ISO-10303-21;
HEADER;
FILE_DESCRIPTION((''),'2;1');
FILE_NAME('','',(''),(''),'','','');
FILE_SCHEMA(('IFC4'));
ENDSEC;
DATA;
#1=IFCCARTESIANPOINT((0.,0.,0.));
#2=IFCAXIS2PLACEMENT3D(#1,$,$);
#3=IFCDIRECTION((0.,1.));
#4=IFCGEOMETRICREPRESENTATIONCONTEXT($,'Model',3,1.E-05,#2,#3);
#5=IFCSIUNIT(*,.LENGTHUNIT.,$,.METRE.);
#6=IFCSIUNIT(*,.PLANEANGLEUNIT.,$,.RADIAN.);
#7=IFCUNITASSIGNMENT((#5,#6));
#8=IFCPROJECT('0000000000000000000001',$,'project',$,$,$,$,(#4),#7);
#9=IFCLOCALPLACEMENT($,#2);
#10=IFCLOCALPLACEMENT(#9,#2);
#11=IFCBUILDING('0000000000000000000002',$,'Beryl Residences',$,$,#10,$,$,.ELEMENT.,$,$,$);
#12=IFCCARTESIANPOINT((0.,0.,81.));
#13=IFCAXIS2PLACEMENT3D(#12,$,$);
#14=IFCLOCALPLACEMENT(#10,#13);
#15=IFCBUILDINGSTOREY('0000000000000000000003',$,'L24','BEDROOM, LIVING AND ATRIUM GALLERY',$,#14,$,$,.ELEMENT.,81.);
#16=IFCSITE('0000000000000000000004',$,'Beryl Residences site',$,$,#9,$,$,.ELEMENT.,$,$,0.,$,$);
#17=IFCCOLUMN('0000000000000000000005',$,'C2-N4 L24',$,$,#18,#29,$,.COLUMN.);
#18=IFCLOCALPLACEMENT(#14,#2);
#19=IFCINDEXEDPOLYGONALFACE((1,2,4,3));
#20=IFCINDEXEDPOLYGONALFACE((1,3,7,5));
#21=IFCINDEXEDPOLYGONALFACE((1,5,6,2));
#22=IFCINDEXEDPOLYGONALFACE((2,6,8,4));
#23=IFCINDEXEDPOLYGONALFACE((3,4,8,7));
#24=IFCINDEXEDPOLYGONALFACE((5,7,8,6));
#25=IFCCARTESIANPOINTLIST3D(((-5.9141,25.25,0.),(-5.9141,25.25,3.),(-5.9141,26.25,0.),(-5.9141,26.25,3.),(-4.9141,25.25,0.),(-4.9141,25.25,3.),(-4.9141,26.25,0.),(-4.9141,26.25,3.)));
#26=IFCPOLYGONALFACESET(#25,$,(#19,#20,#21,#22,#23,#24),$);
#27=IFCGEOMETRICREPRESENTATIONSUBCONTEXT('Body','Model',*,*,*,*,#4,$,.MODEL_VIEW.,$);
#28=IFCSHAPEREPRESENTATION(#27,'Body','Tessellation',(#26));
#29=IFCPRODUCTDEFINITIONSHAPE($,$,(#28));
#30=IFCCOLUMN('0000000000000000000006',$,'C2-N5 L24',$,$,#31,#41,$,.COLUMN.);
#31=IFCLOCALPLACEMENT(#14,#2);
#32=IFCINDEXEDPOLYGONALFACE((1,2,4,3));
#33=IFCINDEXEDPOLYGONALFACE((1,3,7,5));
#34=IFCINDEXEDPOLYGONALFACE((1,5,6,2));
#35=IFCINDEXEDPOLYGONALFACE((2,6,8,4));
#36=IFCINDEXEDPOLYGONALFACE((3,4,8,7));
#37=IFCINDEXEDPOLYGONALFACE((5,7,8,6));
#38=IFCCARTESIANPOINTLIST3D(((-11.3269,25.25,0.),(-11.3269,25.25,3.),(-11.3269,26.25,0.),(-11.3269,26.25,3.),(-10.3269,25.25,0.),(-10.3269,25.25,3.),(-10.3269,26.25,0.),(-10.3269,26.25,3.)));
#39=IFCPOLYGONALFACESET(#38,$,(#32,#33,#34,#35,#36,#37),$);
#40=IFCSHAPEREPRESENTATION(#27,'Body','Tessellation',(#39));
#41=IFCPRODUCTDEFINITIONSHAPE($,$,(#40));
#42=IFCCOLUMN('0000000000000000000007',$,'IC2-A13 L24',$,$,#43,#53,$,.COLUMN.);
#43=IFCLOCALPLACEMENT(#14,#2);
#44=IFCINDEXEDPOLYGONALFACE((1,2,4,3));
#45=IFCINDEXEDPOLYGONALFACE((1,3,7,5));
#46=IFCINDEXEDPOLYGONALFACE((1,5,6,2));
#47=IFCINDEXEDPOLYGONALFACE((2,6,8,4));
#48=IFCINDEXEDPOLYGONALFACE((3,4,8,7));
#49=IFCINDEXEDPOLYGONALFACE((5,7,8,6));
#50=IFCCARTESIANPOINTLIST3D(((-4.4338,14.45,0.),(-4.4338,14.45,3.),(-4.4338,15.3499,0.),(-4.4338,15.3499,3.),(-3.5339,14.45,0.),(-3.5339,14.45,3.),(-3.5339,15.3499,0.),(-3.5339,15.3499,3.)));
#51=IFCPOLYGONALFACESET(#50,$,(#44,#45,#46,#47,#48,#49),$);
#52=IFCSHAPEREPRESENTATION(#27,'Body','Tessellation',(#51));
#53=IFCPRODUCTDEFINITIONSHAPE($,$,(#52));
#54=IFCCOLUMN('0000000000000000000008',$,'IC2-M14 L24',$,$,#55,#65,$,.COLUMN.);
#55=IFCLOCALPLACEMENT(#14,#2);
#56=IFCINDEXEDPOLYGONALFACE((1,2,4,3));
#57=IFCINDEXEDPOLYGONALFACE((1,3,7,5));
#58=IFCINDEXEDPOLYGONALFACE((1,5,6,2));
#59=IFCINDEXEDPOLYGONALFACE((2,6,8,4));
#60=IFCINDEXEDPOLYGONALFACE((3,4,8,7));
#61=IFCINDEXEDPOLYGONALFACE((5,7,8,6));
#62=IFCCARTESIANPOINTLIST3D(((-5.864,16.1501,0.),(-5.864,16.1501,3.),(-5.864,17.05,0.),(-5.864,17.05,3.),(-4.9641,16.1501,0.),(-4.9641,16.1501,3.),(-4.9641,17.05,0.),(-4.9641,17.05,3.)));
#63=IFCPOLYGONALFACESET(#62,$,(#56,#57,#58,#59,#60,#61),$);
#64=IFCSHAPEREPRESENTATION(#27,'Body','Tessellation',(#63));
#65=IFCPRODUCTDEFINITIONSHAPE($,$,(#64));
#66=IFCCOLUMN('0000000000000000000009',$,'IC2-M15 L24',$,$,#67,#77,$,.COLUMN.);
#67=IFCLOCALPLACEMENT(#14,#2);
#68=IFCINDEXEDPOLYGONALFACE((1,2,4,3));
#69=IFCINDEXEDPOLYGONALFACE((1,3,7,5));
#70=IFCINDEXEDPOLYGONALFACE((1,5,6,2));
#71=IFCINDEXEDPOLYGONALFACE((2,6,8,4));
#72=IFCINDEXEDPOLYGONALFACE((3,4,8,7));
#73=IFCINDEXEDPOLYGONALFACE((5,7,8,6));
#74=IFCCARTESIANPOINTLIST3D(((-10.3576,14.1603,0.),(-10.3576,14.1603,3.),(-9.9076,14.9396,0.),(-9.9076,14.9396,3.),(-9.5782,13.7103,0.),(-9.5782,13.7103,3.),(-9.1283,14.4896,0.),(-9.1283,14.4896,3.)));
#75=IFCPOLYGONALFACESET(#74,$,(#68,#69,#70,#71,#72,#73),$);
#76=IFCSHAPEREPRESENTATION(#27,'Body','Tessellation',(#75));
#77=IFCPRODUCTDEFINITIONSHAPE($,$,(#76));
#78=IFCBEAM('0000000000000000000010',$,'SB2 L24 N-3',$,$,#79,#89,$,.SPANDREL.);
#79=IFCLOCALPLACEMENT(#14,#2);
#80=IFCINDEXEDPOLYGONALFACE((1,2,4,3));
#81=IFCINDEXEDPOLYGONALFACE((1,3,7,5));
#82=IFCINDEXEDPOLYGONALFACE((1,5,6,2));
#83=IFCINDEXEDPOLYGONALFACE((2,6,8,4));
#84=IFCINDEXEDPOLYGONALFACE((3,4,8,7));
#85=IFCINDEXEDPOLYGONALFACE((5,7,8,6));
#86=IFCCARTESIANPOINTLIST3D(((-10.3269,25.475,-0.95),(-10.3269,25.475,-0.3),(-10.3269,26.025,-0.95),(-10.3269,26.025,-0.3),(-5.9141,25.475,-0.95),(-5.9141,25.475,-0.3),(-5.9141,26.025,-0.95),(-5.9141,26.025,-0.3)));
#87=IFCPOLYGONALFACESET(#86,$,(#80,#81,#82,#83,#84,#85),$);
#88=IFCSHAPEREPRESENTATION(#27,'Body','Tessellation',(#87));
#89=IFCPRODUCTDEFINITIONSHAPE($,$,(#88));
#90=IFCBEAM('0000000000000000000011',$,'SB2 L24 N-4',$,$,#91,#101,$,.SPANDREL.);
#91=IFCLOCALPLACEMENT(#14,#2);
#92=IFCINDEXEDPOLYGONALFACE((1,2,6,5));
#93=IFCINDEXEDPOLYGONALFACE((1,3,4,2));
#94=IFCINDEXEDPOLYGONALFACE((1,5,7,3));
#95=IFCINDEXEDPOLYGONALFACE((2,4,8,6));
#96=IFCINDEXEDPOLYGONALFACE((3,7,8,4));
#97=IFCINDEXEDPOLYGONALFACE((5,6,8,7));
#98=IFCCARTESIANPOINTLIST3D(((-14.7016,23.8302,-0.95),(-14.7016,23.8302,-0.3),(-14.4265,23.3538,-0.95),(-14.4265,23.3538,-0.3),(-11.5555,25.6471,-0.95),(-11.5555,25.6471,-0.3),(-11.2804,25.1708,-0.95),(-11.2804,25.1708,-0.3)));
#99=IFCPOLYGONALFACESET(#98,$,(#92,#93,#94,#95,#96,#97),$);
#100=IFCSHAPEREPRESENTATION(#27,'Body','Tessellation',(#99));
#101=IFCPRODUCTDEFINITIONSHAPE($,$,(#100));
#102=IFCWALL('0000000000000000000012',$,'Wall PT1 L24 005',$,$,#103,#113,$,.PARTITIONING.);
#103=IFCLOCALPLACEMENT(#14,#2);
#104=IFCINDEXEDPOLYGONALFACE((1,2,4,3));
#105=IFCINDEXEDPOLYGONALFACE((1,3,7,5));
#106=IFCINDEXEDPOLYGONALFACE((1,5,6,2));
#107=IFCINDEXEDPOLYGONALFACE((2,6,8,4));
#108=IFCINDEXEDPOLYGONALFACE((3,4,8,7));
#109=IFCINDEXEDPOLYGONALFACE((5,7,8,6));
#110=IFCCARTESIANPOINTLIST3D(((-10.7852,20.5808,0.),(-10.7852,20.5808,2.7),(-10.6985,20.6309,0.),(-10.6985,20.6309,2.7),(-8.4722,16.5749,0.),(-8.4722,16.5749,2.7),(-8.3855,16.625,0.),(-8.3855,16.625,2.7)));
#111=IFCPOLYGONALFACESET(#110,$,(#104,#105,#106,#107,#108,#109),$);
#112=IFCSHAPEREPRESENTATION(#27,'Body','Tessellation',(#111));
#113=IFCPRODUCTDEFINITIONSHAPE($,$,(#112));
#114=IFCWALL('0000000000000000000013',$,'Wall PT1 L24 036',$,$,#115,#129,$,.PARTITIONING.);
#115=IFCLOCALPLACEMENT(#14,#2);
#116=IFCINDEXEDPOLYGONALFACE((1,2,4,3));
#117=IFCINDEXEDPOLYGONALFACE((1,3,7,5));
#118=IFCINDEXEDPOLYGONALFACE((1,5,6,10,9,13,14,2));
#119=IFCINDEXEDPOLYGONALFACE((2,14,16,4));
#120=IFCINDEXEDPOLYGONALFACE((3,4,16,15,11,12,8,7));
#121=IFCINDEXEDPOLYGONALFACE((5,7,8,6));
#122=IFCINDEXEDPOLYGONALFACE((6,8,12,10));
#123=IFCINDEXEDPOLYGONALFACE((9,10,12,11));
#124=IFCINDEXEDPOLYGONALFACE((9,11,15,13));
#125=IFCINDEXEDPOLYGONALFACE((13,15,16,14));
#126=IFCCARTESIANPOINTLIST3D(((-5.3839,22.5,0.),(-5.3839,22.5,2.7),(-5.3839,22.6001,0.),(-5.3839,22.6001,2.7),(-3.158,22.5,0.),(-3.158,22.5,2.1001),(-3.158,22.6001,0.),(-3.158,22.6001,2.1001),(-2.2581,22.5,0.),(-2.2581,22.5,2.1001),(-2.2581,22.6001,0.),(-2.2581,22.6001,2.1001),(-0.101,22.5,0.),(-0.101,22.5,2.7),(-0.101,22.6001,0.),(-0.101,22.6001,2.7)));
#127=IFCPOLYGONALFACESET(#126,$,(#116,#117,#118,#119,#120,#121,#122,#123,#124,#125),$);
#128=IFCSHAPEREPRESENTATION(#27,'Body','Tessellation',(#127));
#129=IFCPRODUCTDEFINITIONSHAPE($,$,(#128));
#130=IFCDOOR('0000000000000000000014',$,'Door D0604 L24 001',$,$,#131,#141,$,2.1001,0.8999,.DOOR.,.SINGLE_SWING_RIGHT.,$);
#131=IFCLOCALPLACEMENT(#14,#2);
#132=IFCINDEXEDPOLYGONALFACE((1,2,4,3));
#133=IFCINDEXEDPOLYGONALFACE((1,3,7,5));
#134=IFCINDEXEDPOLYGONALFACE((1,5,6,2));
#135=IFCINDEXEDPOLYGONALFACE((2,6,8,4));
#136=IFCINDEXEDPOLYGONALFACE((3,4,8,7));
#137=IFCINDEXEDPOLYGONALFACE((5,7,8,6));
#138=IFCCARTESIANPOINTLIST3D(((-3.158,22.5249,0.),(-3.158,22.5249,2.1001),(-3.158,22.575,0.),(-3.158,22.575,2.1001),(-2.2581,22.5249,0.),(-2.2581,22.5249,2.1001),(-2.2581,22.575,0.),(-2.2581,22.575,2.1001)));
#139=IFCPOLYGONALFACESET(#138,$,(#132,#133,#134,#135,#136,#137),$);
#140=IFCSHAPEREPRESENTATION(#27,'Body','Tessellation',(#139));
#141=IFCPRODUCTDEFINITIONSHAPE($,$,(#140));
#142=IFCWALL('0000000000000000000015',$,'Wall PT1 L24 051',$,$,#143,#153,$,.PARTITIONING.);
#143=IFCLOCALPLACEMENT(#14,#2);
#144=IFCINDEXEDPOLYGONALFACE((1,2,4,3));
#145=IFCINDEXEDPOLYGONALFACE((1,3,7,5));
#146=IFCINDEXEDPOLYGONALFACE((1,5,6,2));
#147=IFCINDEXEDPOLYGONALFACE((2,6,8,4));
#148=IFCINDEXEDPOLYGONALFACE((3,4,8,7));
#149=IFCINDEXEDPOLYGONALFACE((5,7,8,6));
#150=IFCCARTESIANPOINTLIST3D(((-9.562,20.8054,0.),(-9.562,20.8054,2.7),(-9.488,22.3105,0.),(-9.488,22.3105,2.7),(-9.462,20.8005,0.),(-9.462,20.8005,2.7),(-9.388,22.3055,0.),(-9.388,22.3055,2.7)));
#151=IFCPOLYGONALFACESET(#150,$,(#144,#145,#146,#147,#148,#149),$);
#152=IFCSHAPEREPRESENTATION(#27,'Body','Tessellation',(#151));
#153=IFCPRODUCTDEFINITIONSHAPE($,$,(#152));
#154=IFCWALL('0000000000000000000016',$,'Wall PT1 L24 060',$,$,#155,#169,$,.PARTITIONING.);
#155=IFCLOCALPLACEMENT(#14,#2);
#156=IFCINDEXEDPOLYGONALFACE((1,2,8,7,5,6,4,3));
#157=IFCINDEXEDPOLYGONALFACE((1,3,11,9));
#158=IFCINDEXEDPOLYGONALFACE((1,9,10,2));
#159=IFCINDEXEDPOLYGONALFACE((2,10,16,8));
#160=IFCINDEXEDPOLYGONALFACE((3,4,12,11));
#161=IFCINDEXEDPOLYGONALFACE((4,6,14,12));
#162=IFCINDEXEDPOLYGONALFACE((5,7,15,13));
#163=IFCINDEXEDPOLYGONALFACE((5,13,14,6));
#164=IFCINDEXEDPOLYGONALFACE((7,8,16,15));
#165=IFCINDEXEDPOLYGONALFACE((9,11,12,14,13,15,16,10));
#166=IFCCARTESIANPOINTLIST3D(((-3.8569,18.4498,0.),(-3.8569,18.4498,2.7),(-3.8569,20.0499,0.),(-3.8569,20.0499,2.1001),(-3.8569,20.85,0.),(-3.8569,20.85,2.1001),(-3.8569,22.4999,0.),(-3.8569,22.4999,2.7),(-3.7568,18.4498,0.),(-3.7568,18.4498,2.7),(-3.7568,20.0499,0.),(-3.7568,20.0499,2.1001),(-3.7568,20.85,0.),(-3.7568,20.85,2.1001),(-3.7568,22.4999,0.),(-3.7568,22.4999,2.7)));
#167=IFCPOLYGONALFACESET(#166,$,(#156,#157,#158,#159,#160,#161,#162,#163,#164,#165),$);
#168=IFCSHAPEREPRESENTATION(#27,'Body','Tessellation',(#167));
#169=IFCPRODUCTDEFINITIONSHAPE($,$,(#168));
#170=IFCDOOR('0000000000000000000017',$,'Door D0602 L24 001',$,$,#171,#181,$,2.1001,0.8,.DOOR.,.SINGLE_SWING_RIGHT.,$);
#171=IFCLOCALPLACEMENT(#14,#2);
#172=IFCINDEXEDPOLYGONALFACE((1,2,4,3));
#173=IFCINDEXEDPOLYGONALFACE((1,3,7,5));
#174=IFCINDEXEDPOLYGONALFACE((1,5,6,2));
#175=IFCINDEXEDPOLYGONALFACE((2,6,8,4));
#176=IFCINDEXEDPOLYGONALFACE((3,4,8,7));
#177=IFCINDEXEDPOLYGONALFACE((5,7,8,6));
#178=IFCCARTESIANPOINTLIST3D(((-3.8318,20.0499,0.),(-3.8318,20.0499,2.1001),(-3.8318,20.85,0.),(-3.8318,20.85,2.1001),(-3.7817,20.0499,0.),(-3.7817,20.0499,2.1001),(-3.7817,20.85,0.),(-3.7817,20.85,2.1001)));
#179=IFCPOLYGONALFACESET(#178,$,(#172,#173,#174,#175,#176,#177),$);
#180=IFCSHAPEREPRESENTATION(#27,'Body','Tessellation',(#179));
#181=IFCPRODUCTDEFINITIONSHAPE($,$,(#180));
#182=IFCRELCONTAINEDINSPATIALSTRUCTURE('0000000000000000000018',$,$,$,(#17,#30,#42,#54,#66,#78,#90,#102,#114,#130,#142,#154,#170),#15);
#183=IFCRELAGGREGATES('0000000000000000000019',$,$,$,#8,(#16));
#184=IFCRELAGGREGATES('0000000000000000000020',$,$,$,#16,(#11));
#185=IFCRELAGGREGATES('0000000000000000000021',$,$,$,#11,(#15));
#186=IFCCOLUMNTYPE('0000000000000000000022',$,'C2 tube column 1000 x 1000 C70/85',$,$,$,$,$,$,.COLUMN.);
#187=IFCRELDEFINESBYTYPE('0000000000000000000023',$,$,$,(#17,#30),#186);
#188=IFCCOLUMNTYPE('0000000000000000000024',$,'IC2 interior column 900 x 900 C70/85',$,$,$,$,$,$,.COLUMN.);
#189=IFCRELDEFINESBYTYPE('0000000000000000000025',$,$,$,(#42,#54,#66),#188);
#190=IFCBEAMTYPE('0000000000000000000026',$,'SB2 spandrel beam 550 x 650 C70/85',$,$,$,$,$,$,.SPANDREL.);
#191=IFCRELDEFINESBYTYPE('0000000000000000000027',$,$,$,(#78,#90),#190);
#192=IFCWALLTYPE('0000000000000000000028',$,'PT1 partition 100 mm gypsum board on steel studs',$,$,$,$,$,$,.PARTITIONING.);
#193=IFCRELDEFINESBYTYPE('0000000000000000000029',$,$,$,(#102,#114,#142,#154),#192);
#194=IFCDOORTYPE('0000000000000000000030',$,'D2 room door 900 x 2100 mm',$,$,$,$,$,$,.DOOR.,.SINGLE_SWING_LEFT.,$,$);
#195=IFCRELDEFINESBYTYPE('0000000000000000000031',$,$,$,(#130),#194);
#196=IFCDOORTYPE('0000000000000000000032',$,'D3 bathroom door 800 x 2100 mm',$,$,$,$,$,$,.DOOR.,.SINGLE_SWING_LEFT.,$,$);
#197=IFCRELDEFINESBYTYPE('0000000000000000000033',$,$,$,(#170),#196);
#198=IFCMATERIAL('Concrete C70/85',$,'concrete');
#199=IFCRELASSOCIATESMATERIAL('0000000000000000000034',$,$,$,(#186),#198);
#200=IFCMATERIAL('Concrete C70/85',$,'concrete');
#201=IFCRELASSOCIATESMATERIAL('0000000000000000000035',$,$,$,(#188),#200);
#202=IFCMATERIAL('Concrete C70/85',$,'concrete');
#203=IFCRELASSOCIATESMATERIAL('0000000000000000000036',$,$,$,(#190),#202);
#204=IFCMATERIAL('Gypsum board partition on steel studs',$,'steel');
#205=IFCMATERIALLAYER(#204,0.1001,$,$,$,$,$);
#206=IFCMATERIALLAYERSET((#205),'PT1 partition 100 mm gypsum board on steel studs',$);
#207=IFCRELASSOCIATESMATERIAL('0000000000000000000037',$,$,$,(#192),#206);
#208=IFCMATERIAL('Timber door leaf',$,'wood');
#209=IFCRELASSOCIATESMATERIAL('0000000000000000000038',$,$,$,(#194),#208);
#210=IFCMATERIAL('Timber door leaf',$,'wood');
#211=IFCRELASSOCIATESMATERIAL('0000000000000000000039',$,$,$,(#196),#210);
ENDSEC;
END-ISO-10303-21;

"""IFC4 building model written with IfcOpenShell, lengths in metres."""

from ifc_helpers import new_model, si_unit, direction, frame, frame_2d, origin, origin_2d, place, context, subcontext, project, spatial, rectangle, extrude, material, layer, layer_set, material_profile, profile_set, type_object, element, fill, save


model = new_model("IFC4")

# Units and contexts
model_context = context("Model", 3, precision=1e-05, world=origin(), true_north=direction((0.0, 1.0)))
body_context = subcontext(model_context, "Body", "Model", "MODEL_VIEW")
ifc_project = project(units=[si_unit("LENGTHUNIT", "METRE"), si_unit("PLANEANGLEUNIT", "RADIAN")], contexts=[model_context])

# Site, building, storey
site_placement = place(None, origin())
site = spatial("IfcSite", under=ifc_project, at=site_placement, Name="Beryl Residences site", CompositionType="ELEMENT", RefElevation=0.0)
building_placement = place(site_placement, origin())
building = spatial("IfcBuilding", under=site, at=building_placement, Name="Beryl Residences", CompositionType="ELEMENT")
storey_placement = place(building_placement, frame((0.0, 0.0, 81.0)))
storey = spatial("IfcBuildingStorey", under=building, at=storey_placement, Name="L24", Description="BEDROOM, LIVING AND ATRIUM GALLERY", CompositionType="ELEMENT", Elevation=81.0)

# Columns
ifc_material_1 = material(Name="Concrete C70/85", Category="concrete")
ifc_material_profile_1 = material_profile(ifc_material_1, rectangle(XDim=1.0, YDim=1.0, at=origin_2d()))
ifc_profile_set_1 = profile_set([ifc_material_profile_1], Name="Concrete C70/85")
column_type_1 = type_object("IfcColumnType", Name="C2 tube column 1000 x 1000 C70/85", PredefinedType="COLUMN", material=ifc_profile_set_1)
for number, where, z_axis, x_axis, name in (
    (1, (-5.4141, 25.75, 0.0), (0.0, 0.0, 1.0), (-1.0, 0.0, 0.0), "C2-N4 L24"),
    (2, (-10.8269, 25.75, 0.0), (0.0, 0.0, 1.0), (-1.0, 0.0, 0.0), "C2-N5 L24"),
):
    element("IfcColumn", number, at=place(storey_placement, frame(where, z_axis=z_axis, x_axis=x_axis)), inside=storey, type_object=column_type_1, Name=name, PredefinedType="COLUMN", context=body_context, shape_type="SweptSolid", body=[
        extrude(rectangle(XDim=1.0, YDim=1.0, at=origin_2d()), origin(), (0.0, 0.0, 1.0), 3.0),
    ])
ifc_material_2 = material(Name="Concrete C70/85", Category="concrete")
ifc_material_profile_2 = material_profile(ifc_material_2, rectangle(XDim=0.8999, YDim=0.8999, at=origin_2d()))
ifc_profile_set_2 = profile_set([ifc_material_profile_2], Name="Concrete C70/85")
column_type_2 = type_object("IfcColumnType", Name="IC2 interior column 900 x 900 C70/85", PredefinedType="COLUMN", material=ifc_profile_set_2)
for number, where, z_axis, x_axis, name in (
    (3, (-3.9839, 14.8999, 0.0), (0.0, 0.0, 1.0), (1.0, 0.0, 0.0), "IC2-A13 L24"),
    (4, (-5.4141, 16.6001, 0.0), (0.0, 0.0, 1.0), (-1.0, 0.0, 0.0), "IC2-M14 L24"),
    (5, (-9.7429, 14.325, 0.0), (0.0, 0.0, 1.0), (-0.5, -0.866025, 0.0), "IC2-M15 L24"),
):
    element("IfcColumn", number, at=place(storey_placement, frame(where, z_axis=z_axis, x_axis=x_axis)), inside=storey, type_object=column_type_2, Name=name, PredefinedType="COLUMN", context=body_context, shape_type="SweptSolid", body=[
        extrude(rectangle(XDim=0.8999, YDim=0.8999, at=origin_2d()), origin(), (0.0, 0.0, 1.0), 3.0),
    ])

# Beams
ifc_material_3 = material(Name="Concrete C70/85", Category="concrete")
ifc_material_profile_3 = material_profile(ifc_material_3, rectangle(XDim=0.55, YDim=0.6499, at=origin_2d()))
ifc_profile_set_3 = profile_set([ifc_material_profile_3], Name="Concrete C70/85")
beam_type = type_object("IfcBeamType", Name="SB2 spandrel beam 550 x 650 C70/85", PredefinedType="SPANDREL", material=ifc_profile_set_3)
beam_1_placement = place(storey_placement, frame((-5.9141, 25.75, -0.625), z_axis=(-1.0, 0.0, 0.0), x_axis=(0.0, -1.0, 0.0)))
element("IfcBeam", 6, at=beam_1_placement, inside=storey, type_object=beam_type, Name="SB2 L24 N-3", PredefinedType="SPANDREL", context=body_context, shape_type="SweptSolid", body=[
    extrude(rectangle(XDim=0.55, YDim=0.6499, at=origin_2d()), origin(), (0.0, 0.0, 1.0), 4.4128),
])
beam_2_placement = place(storey_placement, frame((-11.418, 25.4089, -0.625), z_axis=(-0.86596, -0.500114, 0.0), x_axis=(0.500114, -0.86596, 0.0)))
element("IfcBeam", 7, at=beam_2_placement, inside=storey, type_object=beam_type, Name="SB2 L24 N-4", PredefinedType="SPANDREL", context=body_context, shape_type="SweptSolid", body=[
    extrude(rectangle(XDim=0.55, YDim=0.6499, at=origin_2d()), origin(), (0.0, 0.0, 1.0), 3.6331),
])

# Wall
ifc_material_4 = material(Name="Gypsum board partition on steel studs", Category="steel")
ifc_layer_1 = layer(ifc_material_4, 0.1001)
ifc_layer_set_1 = layer_set([ifc_layer_1], Name="PT1 partition 100 mm gypsum board on steel studs")
wall_type_1 = type_object("IfcWallType", Name="PT1 partition 100 mm gypsum board on steel studs", PredefinedType="PARTITIONING", material=ifc_layer_set_1)
wall_1_placement = place(storey_placement, frame((-10.7419, 20.606, 0.0), z_axis=(0.0, 0.0, 1.0), x_axis=(0.500033, -0.866006, 0.0)))
element("IfcWall", 8, at=wall_1_placement, inside=storey, type_object=wall_type_1, Name="Wall PT1 L24 005", PredefinedType="PARTITIONING", context=body_context, shape_type="SweptSolid", body=[
    extrude(rectangle(XDim=4.6257, YDim=0.1001, at=frame_2d((2.313, 0.0))), origin(), (0.0, 0.0, 1.0), 2.7),
])

# Wall, opening, door
wall_2_placement = place(storey_placement, frame((-5.384, 22.55, 0.0), z_axis=(0.0, 0.0, 1.0), x_axis=(1.0, 0.0, 0.0)))
wall_2 = element("IfcWall", 9, at=wall_2_placement, inside=storey, type_object=wall_type_1, Name="Wall PT1 L24 036", PredefinedType="PARTITIONING", context=body_context, shape_type="SweptSolid", body=[
    extrude(rectangle(XDim=5.283, YDim=0.1001, at=frame_2d((2.6416, 0.0))), origin(), (0.0, 0.0, 1.0), 2.7),
])
opening_1_placement = place(wall_2_placement, frame((2.2261, 0.0, 0.0)))
opening_1 = element("IfcOpeningElement", 10, at=opening_1_placement, cuts=wall_2, PredefinedType="OPENING", context=body_context, shape_type="SweptSolid", body=[
    extrude(rectangle(XDim=0.8999, YDim=2.1001, at=frame_2d((0.45, 1.05))), frame((0.0, 0.0601, 0.0), z_axis=(0.0, -1.0, 0.0), x_axis=(1.0, 0.0, 0.0)), (0.0, 0.0, 1.0), 0.1201),
])
ifc_material_5 = material(Name="Timber door leaf", Category="wood")
door_type_1 = type_object("IfcDoorType", Name="D2 room door 900 x 2100 mm", OperationType="SINGLE_SWING_LEFT", PredefinedType="DOOR", material=ifc_material_5)
door_1_placement = place(opening_1_placement, origin())
door_1 = element("IfcDoor", 11, at=door_1_placement, inside=storey, type_object=door_type_1, Name="Door D0604 L24 001", OperationType="SINGLE_SWING_RIGHT", OverallHeight=2.1001, OverallWidth=0.8999, PredefinedType="DOOR", context=body_context, shape_type="SweptSolid", body=[
    extrude(rectangle(XDim=0.8999, YDim=2.1001, at=frame_2d((0.45, 1.05))), frame((0.0, 0.0249, 0.0), z_axis=(0.0, -1.0, 0.0), x_axis=(1.0, 0.0, 0.0)), (0.0, 0.0, 1.0), 0.05),
])
fill(opening_1, door_1)

# Wall
wall_3_placement = place(storey_placement, frame((-9.512, 20.803, 0.0), z_axis=(0.0, 0.0, 1.0), x_axis=(0.049089, 0.998794, 0.0)))
element("IfcWall", 12, at=wall_3_placement, inside=storey, type_object=wall_type_1, Name="Wall PT1 L24 051", PredefinedType="PARTITIONING", context=body_context, shape_type="SweptSolid", body=[
    extrude(rectangle(XDim=1.5068, YDim=0.1001, at=frame_2d((0.7534, 0.0))), origin(), (0.0, 0.0, 1.0), 2.7),
])

# Wall, opening, door
wall_4_placement = place(storey_placement, frame((-3.8069, 18.45, 0.0), z_axis=(0.0, 0.0, 1.0), x_axis=(0.0, 1.0, 0.0)))
wall_4 = element("IfcWall", 13, at=wall_4_placement, inside=storey, type_object=wall_type_1, Name="Wall PT1 L24 060", PredefinedType="PARTITIONING", context=body_context, shape_type="SweptSolid", body=[
    extrude(rectangle(XDim=4.05, YDim=0.1001, at=frame_2d((2.0249, 0.0))), origin(), (0.0, 0.0, 1.0), 2.7),
])
opening_2_placement = place(wall_4_placement, frame((1.6001, 0.0, 0.0)))
opening_2 = element("IfcOpeningElement", 14, at=opening_2_placement, cuts=wall_4, PredefinedType="OPENING", context=body_context, shape_type="SweptSolid", body=[
    extrude(rectangle(XDim=0.8, YDim=2.1001, at=frame_2d((0.3999, 1.05))), frame((0.0, 0.0601, 0.0), z_axis=(0.0, -1.0, 0.0), x_axis=(1.0, 0.0, 0.0)), (0.0, 0.0, 1.0), 0.1201),
])
ifc_material_6 = material(Name="Timber door leaf", Category="wood")
door_type_2 = type_object("IfcDoorType", Name="D3 bathroom door 800 x 2100 mm", OperationType="SINGLE_SWING_LEFT", PredefinedType="DOOR", material=ifc_material_6)
door_2_placement = place(opening_2_placement, origin())
door_2 = element("IfcDoor", 15, at=door_2_placement, inside=storey, type_object=door_type_2, Name="Door D0602 L24 001", OperationType="SINGLE_SWING_RIGHT", OverallHeight=2.1001, OverallWidth=0.8, PredefinedType="DOOR", context=body_context, shape_type="SweptSolid", body=[
    extrude(rectangle(XDim=0.8, YDim=2.1001, at=frame_2d((0.3999, 1.05))), frame((0.0, 0.0249, 0.0), z_axis=(0.0, -1.0, 0.0), x_axis=(1.0, 0.0, 0.0)), (0.0, 0.0, 1.0), 0.05),
])
fill(opening_2, door_2)

save(model, "model.ifc")
